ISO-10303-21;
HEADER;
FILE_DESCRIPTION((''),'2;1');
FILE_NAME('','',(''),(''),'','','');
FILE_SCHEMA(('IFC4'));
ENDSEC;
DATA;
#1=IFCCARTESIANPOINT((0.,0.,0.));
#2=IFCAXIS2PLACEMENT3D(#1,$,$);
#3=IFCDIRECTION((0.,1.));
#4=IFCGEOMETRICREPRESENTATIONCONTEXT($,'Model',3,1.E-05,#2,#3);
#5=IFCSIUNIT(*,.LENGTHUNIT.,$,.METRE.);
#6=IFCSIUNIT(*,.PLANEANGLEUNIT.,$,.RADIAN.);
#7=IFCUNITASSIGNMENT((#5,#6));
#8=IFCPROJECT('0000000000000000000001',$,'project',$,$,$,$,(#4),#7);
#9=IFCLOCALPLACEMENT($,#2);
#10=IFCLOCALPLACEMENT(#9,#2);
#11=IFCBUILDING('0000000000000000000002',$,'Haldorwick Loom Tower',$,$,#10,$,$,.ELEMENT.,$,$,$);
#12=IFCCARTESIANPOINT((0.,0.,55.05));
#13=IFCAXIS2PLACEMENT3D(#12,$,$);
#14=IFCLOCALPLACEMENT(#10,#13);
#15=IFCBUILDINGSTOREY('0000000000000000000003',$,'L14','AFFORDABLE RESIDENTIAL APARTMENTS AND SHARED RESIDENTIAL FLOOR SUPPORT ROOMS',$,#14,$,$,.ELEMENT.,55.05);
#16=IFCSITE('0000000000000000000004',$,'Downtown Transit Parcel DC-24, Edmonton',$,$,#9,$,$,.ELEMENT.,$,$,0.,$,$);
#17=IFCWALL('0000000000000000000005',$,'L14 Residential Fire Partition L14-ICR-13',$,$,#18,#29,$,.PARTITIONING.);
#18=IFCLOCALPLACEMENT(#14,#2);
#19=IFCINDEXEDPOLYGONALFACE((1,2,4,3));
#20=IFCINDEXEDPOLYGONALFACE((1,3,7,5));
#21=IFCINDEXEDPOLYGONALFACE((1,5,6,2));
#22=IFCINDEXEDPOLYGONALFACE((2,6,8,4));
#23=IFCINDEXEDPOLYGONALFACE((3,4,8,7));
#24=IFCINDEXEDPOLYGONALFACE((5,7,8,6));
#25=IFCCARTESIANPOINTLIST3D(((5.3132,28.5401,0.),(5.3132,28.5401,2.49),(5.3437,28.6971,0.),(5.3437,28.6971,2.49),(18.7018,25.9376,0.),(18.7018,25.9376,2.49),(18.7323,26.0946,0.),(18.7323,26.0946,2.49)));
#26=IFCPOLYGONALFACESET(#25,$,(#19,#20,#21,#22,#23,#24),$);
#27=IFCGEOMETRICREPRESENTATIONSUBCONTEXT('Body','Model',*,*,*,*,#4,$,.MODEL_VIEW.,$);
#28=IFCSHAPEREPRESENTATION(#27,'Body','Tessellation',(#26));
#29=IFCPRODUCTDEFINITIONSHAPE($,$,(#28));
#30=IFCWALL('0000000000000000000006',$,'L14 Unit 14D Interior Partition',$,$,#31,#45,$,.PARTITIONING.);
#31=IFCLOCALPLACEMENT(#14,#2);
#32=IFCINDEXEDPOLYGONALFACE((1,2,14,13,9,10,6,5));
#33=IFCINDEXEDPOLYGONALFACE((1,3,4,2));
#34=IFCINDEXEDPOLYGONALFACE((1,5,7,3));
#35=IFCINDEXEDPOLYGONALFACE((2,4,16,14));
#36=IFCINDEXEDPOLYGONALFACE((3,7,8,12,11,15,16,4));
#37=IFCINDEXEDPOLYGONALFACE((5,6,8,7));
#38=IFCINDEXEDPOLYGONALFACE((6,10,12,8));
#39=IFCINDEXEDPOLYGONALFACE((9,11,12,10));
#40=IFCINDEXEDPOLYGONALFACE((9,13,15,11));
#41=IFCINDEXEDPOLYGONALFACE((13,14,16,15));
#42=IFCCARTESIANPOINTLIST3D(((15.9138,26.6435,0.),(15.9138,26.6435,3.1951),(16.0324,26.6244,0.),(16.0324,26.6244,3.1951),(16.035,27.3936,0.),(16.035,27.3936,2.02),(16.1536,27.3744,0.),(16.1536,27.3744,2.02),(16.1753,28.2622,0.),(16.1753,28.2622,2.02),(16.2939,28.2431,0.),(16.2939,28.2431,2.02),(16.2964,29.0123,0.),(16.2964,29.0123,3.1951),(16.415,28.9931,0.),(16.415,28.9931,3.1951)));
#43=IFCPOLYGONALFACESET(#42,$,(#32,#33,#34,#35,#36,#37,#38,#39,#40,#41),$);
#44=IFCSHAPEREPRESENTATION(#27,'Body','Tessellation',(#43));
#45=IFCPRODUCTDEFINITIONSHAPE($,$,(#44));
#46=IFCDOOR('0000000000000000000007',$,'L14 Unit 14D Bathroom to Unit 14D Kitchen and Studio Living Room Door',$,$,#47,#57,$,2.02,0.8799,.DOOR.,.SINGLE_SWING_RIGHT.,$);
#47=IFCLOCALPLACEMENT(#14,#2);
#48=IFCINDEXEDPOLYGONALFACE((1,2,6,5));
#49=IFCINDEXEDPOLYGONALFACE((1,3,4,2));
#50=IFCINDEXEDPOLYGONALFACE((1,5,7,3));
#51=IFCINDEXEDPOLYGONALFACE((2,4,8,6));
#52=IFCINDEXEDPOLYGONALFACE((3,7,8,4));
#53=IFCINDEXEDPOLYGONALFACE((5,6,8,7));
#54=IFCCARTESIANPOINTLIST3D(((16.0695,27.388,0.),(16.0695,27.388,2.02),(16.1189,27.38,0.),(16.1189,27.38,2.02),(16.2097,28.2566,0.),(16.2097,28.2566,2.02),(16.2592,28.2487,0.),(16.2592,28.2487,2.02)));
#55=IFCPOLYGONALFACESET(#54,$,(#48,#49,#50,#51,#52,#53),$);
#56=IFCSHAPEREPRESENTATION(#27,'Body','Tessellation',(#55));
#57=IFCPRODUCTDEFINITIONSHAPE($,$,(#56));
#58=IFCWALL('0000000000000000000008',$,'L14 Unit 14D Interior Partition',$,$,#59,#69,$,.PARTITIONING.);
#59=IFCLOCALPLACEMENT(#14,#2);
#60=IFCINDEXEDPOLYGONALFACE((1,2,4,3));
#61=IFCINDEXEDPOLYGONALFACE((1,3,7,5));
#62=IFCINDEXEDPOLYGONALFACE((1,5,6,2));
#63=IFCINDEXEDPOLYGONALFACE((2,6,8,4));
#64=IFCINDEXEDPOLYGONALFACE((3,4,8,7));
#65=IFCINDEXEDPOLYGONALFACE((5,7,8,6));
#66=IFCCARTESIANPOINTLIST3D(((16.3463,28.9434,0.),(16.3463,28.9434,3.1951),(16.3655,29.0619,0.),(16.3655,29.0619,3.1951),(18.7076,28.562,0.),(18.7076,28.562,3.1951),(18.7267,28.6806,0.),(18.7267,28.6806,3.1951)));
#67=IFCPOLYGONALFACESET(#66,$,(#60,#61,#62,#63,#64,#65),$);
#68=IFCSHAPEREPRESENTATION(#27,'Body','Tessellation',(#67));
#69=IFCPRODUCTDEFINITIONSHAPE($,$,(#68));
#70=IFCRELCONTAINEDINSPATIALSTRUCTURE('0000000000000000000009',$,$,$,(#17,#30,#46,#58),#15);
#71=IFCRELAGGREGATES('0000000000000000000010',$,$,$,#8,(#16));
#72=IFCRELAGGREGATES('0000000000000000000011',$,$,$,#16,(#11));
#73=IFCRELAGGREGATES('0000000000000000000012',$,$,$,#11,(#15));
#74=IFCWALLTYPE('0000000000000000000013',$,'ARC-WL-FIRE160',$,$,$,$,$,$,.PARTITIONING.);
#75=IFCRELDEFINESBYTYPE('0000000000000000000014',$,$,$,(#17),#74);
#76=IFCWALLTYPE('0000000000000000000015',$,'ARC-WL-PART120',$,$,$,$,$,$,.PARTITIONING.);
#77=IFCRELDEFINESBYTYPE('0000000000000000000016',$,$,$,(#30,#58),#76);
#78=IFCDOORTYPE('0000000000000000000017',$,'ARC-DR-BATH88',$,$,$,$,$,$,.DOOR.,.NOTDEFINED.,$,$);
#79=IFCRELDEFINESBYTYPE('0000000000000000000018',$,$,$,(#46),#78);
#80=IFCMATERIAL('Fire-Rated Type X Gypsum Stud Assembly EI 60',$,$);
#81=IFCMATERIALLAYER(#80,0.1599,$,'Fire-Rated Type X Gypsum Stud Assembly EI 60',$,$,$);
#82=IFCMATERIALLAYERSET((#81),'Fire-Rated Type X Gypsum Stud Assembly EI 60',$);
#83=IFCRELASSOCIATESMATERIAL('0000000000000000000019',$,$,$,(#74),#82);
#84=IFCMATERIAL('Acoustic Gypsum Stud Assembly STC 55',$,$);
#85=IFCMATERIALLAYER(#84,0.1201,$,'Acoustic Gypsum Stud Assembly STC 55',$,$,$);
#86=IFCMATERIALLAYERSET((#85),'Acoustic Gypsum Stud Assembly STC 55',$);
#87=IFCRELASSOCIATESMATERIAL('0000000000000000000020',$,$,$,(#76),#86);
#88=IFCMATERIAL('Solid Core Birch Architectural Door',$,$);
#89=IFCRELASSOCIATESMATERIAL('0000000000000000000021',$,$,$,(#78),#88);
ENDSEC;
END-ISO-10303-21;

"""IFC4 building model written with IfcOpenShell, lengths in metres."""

from ifc_helpers import new_model, si_unit, direction, frame, frame_2d, origin, place, context, subcontext, project, spatial, rectangle, extrude, material, layer, layer_set, type_object, element, fill, save


model = new_model("IFC4")

# Units and contexts
model_context = context("Model", 3, precision=1e-05, world=origin(), true_north=direction((0.0, 1.0)))
body_context = subcontext(model_context, "Body", "Model", "MODEL_VIEW")
ifc_project = project(units=[si_unit("LENGTHUNIT", "METRE"), si_unit("PLANEANGLEUNIT", "RADIAN")], contexts=[model_context])

# Site, building, storey
site_placement = place(None, origin())
site = spatial("IfcSite", under=ifc_project, at=site_placement, Name="Downtown Transit Parcel DC-24, Edmonton", CompositionType="ELEMENT", RefElevation=0.0)
building_placement = place(site_placement, origin())
building = spatial("IfcBuilding", under=site, at=building_placement, Name="Haldorwick Loom Tower", CompositionType="ELEMENT")
storey_placement = place(building_placement, frame((0.0, 0.0, 55.05)))
storey = spatial("IfcBuildingStorey", under=building, at=storey_placement, Name="L14", Description="AFFORDABLE RESIDENTIAL APARTMENTS AND SHARED RESIDENTIAL FLOOR SUPPORT ROOMS", CompositionType="ELEMENT", Elevation=55.05)

# Shared definitions
ifc_material_1 = material(Name="Fire-Rated Type X Gypsum Stud Assembly EI 60")
ifc_layer_1 = layer(ifc_material_1, 0.1599, Name="Fire-Rated Type X Gypsum Stud Assembly EI 60")
ifc_layer_set_1 = layer_set([ifc_layer_1], Name="Fire-Rated Type X Gypsum Stud Assembly EI 60")
wall_type_1 = type_object("IfcWallType", Name="ARC-WL-FIRE160", PredefinedType="PARTITIONING", material=ifc_layer_set_1)
ifc_material_2 = material(Name="Solid Core Birch Architectural Door")

# Wall
wall_1_placement = place(storey_placement, frame((18.717, 26.0161, 0.0), z_axis=(0.0, 0.0, 1.0), x_axis=(-0.981627, 0.190812, 0.0)))
element("IfcWall", 1, at=wall_1_placement, inside=storey, type_object=wall_type_1, Name="L14 Residential Fire Partition L14-ICR-13", PredefinedType="PARTITIONING", context=body_context, shape_type="SweptSolid", body=[
    extrude(rectangle(XDim=13.6392, YDim=0.1599, at=frame_2d((6.8196, 0.0))), origin(), (0.0, 0.0, 1.0), 2.49),
])

# Wall, opening, door
ifc_material_3 = material(Name="Acoustic Gypsum Stud Assembly STC 55")
ifc_layer_2 = layer(ifc_material_3, 0.1201, Name="Acoustic Gypsum Stud Assembly STC 55")
ifc_layer_set_2 = layer_set([ifc_layer_2], Name="Acoustic Gypsum Stud Assembly STC 55")
wall_type_2 = type_object("IfcWallType", Name="ARC-WL-PART120", PredefinedType="PARTITIONING", material=ifc_layer_set_2)
wall_2_placement = place(storey_placement, frame((16.3557, 29.0027, 0.0), z_axis=(0.0, 0.0, 1.0), x_axis=(-0.159447, -0.987207, 0.0)))
wall_2 = element("IfcWall", 2, at=wall_2_placement, inside=storey, type_object=wall_type_2, Name="L14 Unit 14D Interior Partition", PredefinedType="PARTITIONING", context=body_context, shape_type="SweptSolid", body=[
    extrude(rectangle(XDim=2.3994, YDim=0.1201, at=frame_2d((1.1997, 0.0))), origin(), (0.0, 0.0, 1.0), 3.1951),
])
opening_1_placement = place(wall_2_placement, frame((0.7598, 0.0, 0.0)))
opening_1 = element("IfcOpeningElement", 3, at=opening_1_placement, cuts=wall_2, PredefinedType="OPENING", context=body_context, shape_type="SweptSolid", body=[
    extrude(rectangle(XDim=0.8799, YDim=2.02, at=frame_2d((0.4399, 1.01))), frame((0.0, 0.0701, 0.0), z_axis=(0.0, -1.0, 0.0), x_axis=(1.0, 0.0, 0.0)), (0.0, 0.0, 1.0), 0.1401),
])
door_type_1 = type_object("IfcDoorType", Name="ARC-DR-BATH88", OperationType="NOTDEFINED", PredefinedType="DOOR", material=ifc_material_2)
door_1_placement = place(opening_1_placement, origin())
door_1 = element("IfcDoor", 4, at=door_1_placement, inside=storey, type_object=door_type_1, Name="L14 Unit 14D Bathroom to Unit 14D Kitchen and Studio Living Room Door", OperationType="SINGLE_SWING_RIGHT", OverallHeight=2.02, OverallWidth=0.8799, PredefinedType="DOOR", context=body_context, shape_type="SweptSolid", body=[
    extrude(rectangle(XDim=0.8799, YDim=2.02, at=frame_2d((0.4399, 1.01))), frame((0.0, 0.0249, 0.0), z_axis=(0.0, -1.0, 0.0), x_axis=(1.0, 0.0, 0.0)), (0.0, 0.0, 1.0), 0.05),
])
fill(opening_1, door_1)

# Wall
wall_3_placement = place(storey_placement, frame((18.717, 28.6213, 0.0), z_axis=(0.0, 0.0, 1.0), x_axis=(-0.987209, 0.159431, 0.0)))
element("IfcWall", 5, at=wall_3_placement, inside=storey, type_object=wall_type_2, Name="L14 Unit 14D Interior Partition", PredefinedType="PARTITIONING", context=body_context, shape_type="SweptSolid", body=[
    extrude(rectangle(XDim=2.3918, YDim=0.1201, at=frame_2d((1.1958, 0.0))), origin(), (0.0, 0.0, 1.0), 3.1951),
])

save(model, "model.ifc")
